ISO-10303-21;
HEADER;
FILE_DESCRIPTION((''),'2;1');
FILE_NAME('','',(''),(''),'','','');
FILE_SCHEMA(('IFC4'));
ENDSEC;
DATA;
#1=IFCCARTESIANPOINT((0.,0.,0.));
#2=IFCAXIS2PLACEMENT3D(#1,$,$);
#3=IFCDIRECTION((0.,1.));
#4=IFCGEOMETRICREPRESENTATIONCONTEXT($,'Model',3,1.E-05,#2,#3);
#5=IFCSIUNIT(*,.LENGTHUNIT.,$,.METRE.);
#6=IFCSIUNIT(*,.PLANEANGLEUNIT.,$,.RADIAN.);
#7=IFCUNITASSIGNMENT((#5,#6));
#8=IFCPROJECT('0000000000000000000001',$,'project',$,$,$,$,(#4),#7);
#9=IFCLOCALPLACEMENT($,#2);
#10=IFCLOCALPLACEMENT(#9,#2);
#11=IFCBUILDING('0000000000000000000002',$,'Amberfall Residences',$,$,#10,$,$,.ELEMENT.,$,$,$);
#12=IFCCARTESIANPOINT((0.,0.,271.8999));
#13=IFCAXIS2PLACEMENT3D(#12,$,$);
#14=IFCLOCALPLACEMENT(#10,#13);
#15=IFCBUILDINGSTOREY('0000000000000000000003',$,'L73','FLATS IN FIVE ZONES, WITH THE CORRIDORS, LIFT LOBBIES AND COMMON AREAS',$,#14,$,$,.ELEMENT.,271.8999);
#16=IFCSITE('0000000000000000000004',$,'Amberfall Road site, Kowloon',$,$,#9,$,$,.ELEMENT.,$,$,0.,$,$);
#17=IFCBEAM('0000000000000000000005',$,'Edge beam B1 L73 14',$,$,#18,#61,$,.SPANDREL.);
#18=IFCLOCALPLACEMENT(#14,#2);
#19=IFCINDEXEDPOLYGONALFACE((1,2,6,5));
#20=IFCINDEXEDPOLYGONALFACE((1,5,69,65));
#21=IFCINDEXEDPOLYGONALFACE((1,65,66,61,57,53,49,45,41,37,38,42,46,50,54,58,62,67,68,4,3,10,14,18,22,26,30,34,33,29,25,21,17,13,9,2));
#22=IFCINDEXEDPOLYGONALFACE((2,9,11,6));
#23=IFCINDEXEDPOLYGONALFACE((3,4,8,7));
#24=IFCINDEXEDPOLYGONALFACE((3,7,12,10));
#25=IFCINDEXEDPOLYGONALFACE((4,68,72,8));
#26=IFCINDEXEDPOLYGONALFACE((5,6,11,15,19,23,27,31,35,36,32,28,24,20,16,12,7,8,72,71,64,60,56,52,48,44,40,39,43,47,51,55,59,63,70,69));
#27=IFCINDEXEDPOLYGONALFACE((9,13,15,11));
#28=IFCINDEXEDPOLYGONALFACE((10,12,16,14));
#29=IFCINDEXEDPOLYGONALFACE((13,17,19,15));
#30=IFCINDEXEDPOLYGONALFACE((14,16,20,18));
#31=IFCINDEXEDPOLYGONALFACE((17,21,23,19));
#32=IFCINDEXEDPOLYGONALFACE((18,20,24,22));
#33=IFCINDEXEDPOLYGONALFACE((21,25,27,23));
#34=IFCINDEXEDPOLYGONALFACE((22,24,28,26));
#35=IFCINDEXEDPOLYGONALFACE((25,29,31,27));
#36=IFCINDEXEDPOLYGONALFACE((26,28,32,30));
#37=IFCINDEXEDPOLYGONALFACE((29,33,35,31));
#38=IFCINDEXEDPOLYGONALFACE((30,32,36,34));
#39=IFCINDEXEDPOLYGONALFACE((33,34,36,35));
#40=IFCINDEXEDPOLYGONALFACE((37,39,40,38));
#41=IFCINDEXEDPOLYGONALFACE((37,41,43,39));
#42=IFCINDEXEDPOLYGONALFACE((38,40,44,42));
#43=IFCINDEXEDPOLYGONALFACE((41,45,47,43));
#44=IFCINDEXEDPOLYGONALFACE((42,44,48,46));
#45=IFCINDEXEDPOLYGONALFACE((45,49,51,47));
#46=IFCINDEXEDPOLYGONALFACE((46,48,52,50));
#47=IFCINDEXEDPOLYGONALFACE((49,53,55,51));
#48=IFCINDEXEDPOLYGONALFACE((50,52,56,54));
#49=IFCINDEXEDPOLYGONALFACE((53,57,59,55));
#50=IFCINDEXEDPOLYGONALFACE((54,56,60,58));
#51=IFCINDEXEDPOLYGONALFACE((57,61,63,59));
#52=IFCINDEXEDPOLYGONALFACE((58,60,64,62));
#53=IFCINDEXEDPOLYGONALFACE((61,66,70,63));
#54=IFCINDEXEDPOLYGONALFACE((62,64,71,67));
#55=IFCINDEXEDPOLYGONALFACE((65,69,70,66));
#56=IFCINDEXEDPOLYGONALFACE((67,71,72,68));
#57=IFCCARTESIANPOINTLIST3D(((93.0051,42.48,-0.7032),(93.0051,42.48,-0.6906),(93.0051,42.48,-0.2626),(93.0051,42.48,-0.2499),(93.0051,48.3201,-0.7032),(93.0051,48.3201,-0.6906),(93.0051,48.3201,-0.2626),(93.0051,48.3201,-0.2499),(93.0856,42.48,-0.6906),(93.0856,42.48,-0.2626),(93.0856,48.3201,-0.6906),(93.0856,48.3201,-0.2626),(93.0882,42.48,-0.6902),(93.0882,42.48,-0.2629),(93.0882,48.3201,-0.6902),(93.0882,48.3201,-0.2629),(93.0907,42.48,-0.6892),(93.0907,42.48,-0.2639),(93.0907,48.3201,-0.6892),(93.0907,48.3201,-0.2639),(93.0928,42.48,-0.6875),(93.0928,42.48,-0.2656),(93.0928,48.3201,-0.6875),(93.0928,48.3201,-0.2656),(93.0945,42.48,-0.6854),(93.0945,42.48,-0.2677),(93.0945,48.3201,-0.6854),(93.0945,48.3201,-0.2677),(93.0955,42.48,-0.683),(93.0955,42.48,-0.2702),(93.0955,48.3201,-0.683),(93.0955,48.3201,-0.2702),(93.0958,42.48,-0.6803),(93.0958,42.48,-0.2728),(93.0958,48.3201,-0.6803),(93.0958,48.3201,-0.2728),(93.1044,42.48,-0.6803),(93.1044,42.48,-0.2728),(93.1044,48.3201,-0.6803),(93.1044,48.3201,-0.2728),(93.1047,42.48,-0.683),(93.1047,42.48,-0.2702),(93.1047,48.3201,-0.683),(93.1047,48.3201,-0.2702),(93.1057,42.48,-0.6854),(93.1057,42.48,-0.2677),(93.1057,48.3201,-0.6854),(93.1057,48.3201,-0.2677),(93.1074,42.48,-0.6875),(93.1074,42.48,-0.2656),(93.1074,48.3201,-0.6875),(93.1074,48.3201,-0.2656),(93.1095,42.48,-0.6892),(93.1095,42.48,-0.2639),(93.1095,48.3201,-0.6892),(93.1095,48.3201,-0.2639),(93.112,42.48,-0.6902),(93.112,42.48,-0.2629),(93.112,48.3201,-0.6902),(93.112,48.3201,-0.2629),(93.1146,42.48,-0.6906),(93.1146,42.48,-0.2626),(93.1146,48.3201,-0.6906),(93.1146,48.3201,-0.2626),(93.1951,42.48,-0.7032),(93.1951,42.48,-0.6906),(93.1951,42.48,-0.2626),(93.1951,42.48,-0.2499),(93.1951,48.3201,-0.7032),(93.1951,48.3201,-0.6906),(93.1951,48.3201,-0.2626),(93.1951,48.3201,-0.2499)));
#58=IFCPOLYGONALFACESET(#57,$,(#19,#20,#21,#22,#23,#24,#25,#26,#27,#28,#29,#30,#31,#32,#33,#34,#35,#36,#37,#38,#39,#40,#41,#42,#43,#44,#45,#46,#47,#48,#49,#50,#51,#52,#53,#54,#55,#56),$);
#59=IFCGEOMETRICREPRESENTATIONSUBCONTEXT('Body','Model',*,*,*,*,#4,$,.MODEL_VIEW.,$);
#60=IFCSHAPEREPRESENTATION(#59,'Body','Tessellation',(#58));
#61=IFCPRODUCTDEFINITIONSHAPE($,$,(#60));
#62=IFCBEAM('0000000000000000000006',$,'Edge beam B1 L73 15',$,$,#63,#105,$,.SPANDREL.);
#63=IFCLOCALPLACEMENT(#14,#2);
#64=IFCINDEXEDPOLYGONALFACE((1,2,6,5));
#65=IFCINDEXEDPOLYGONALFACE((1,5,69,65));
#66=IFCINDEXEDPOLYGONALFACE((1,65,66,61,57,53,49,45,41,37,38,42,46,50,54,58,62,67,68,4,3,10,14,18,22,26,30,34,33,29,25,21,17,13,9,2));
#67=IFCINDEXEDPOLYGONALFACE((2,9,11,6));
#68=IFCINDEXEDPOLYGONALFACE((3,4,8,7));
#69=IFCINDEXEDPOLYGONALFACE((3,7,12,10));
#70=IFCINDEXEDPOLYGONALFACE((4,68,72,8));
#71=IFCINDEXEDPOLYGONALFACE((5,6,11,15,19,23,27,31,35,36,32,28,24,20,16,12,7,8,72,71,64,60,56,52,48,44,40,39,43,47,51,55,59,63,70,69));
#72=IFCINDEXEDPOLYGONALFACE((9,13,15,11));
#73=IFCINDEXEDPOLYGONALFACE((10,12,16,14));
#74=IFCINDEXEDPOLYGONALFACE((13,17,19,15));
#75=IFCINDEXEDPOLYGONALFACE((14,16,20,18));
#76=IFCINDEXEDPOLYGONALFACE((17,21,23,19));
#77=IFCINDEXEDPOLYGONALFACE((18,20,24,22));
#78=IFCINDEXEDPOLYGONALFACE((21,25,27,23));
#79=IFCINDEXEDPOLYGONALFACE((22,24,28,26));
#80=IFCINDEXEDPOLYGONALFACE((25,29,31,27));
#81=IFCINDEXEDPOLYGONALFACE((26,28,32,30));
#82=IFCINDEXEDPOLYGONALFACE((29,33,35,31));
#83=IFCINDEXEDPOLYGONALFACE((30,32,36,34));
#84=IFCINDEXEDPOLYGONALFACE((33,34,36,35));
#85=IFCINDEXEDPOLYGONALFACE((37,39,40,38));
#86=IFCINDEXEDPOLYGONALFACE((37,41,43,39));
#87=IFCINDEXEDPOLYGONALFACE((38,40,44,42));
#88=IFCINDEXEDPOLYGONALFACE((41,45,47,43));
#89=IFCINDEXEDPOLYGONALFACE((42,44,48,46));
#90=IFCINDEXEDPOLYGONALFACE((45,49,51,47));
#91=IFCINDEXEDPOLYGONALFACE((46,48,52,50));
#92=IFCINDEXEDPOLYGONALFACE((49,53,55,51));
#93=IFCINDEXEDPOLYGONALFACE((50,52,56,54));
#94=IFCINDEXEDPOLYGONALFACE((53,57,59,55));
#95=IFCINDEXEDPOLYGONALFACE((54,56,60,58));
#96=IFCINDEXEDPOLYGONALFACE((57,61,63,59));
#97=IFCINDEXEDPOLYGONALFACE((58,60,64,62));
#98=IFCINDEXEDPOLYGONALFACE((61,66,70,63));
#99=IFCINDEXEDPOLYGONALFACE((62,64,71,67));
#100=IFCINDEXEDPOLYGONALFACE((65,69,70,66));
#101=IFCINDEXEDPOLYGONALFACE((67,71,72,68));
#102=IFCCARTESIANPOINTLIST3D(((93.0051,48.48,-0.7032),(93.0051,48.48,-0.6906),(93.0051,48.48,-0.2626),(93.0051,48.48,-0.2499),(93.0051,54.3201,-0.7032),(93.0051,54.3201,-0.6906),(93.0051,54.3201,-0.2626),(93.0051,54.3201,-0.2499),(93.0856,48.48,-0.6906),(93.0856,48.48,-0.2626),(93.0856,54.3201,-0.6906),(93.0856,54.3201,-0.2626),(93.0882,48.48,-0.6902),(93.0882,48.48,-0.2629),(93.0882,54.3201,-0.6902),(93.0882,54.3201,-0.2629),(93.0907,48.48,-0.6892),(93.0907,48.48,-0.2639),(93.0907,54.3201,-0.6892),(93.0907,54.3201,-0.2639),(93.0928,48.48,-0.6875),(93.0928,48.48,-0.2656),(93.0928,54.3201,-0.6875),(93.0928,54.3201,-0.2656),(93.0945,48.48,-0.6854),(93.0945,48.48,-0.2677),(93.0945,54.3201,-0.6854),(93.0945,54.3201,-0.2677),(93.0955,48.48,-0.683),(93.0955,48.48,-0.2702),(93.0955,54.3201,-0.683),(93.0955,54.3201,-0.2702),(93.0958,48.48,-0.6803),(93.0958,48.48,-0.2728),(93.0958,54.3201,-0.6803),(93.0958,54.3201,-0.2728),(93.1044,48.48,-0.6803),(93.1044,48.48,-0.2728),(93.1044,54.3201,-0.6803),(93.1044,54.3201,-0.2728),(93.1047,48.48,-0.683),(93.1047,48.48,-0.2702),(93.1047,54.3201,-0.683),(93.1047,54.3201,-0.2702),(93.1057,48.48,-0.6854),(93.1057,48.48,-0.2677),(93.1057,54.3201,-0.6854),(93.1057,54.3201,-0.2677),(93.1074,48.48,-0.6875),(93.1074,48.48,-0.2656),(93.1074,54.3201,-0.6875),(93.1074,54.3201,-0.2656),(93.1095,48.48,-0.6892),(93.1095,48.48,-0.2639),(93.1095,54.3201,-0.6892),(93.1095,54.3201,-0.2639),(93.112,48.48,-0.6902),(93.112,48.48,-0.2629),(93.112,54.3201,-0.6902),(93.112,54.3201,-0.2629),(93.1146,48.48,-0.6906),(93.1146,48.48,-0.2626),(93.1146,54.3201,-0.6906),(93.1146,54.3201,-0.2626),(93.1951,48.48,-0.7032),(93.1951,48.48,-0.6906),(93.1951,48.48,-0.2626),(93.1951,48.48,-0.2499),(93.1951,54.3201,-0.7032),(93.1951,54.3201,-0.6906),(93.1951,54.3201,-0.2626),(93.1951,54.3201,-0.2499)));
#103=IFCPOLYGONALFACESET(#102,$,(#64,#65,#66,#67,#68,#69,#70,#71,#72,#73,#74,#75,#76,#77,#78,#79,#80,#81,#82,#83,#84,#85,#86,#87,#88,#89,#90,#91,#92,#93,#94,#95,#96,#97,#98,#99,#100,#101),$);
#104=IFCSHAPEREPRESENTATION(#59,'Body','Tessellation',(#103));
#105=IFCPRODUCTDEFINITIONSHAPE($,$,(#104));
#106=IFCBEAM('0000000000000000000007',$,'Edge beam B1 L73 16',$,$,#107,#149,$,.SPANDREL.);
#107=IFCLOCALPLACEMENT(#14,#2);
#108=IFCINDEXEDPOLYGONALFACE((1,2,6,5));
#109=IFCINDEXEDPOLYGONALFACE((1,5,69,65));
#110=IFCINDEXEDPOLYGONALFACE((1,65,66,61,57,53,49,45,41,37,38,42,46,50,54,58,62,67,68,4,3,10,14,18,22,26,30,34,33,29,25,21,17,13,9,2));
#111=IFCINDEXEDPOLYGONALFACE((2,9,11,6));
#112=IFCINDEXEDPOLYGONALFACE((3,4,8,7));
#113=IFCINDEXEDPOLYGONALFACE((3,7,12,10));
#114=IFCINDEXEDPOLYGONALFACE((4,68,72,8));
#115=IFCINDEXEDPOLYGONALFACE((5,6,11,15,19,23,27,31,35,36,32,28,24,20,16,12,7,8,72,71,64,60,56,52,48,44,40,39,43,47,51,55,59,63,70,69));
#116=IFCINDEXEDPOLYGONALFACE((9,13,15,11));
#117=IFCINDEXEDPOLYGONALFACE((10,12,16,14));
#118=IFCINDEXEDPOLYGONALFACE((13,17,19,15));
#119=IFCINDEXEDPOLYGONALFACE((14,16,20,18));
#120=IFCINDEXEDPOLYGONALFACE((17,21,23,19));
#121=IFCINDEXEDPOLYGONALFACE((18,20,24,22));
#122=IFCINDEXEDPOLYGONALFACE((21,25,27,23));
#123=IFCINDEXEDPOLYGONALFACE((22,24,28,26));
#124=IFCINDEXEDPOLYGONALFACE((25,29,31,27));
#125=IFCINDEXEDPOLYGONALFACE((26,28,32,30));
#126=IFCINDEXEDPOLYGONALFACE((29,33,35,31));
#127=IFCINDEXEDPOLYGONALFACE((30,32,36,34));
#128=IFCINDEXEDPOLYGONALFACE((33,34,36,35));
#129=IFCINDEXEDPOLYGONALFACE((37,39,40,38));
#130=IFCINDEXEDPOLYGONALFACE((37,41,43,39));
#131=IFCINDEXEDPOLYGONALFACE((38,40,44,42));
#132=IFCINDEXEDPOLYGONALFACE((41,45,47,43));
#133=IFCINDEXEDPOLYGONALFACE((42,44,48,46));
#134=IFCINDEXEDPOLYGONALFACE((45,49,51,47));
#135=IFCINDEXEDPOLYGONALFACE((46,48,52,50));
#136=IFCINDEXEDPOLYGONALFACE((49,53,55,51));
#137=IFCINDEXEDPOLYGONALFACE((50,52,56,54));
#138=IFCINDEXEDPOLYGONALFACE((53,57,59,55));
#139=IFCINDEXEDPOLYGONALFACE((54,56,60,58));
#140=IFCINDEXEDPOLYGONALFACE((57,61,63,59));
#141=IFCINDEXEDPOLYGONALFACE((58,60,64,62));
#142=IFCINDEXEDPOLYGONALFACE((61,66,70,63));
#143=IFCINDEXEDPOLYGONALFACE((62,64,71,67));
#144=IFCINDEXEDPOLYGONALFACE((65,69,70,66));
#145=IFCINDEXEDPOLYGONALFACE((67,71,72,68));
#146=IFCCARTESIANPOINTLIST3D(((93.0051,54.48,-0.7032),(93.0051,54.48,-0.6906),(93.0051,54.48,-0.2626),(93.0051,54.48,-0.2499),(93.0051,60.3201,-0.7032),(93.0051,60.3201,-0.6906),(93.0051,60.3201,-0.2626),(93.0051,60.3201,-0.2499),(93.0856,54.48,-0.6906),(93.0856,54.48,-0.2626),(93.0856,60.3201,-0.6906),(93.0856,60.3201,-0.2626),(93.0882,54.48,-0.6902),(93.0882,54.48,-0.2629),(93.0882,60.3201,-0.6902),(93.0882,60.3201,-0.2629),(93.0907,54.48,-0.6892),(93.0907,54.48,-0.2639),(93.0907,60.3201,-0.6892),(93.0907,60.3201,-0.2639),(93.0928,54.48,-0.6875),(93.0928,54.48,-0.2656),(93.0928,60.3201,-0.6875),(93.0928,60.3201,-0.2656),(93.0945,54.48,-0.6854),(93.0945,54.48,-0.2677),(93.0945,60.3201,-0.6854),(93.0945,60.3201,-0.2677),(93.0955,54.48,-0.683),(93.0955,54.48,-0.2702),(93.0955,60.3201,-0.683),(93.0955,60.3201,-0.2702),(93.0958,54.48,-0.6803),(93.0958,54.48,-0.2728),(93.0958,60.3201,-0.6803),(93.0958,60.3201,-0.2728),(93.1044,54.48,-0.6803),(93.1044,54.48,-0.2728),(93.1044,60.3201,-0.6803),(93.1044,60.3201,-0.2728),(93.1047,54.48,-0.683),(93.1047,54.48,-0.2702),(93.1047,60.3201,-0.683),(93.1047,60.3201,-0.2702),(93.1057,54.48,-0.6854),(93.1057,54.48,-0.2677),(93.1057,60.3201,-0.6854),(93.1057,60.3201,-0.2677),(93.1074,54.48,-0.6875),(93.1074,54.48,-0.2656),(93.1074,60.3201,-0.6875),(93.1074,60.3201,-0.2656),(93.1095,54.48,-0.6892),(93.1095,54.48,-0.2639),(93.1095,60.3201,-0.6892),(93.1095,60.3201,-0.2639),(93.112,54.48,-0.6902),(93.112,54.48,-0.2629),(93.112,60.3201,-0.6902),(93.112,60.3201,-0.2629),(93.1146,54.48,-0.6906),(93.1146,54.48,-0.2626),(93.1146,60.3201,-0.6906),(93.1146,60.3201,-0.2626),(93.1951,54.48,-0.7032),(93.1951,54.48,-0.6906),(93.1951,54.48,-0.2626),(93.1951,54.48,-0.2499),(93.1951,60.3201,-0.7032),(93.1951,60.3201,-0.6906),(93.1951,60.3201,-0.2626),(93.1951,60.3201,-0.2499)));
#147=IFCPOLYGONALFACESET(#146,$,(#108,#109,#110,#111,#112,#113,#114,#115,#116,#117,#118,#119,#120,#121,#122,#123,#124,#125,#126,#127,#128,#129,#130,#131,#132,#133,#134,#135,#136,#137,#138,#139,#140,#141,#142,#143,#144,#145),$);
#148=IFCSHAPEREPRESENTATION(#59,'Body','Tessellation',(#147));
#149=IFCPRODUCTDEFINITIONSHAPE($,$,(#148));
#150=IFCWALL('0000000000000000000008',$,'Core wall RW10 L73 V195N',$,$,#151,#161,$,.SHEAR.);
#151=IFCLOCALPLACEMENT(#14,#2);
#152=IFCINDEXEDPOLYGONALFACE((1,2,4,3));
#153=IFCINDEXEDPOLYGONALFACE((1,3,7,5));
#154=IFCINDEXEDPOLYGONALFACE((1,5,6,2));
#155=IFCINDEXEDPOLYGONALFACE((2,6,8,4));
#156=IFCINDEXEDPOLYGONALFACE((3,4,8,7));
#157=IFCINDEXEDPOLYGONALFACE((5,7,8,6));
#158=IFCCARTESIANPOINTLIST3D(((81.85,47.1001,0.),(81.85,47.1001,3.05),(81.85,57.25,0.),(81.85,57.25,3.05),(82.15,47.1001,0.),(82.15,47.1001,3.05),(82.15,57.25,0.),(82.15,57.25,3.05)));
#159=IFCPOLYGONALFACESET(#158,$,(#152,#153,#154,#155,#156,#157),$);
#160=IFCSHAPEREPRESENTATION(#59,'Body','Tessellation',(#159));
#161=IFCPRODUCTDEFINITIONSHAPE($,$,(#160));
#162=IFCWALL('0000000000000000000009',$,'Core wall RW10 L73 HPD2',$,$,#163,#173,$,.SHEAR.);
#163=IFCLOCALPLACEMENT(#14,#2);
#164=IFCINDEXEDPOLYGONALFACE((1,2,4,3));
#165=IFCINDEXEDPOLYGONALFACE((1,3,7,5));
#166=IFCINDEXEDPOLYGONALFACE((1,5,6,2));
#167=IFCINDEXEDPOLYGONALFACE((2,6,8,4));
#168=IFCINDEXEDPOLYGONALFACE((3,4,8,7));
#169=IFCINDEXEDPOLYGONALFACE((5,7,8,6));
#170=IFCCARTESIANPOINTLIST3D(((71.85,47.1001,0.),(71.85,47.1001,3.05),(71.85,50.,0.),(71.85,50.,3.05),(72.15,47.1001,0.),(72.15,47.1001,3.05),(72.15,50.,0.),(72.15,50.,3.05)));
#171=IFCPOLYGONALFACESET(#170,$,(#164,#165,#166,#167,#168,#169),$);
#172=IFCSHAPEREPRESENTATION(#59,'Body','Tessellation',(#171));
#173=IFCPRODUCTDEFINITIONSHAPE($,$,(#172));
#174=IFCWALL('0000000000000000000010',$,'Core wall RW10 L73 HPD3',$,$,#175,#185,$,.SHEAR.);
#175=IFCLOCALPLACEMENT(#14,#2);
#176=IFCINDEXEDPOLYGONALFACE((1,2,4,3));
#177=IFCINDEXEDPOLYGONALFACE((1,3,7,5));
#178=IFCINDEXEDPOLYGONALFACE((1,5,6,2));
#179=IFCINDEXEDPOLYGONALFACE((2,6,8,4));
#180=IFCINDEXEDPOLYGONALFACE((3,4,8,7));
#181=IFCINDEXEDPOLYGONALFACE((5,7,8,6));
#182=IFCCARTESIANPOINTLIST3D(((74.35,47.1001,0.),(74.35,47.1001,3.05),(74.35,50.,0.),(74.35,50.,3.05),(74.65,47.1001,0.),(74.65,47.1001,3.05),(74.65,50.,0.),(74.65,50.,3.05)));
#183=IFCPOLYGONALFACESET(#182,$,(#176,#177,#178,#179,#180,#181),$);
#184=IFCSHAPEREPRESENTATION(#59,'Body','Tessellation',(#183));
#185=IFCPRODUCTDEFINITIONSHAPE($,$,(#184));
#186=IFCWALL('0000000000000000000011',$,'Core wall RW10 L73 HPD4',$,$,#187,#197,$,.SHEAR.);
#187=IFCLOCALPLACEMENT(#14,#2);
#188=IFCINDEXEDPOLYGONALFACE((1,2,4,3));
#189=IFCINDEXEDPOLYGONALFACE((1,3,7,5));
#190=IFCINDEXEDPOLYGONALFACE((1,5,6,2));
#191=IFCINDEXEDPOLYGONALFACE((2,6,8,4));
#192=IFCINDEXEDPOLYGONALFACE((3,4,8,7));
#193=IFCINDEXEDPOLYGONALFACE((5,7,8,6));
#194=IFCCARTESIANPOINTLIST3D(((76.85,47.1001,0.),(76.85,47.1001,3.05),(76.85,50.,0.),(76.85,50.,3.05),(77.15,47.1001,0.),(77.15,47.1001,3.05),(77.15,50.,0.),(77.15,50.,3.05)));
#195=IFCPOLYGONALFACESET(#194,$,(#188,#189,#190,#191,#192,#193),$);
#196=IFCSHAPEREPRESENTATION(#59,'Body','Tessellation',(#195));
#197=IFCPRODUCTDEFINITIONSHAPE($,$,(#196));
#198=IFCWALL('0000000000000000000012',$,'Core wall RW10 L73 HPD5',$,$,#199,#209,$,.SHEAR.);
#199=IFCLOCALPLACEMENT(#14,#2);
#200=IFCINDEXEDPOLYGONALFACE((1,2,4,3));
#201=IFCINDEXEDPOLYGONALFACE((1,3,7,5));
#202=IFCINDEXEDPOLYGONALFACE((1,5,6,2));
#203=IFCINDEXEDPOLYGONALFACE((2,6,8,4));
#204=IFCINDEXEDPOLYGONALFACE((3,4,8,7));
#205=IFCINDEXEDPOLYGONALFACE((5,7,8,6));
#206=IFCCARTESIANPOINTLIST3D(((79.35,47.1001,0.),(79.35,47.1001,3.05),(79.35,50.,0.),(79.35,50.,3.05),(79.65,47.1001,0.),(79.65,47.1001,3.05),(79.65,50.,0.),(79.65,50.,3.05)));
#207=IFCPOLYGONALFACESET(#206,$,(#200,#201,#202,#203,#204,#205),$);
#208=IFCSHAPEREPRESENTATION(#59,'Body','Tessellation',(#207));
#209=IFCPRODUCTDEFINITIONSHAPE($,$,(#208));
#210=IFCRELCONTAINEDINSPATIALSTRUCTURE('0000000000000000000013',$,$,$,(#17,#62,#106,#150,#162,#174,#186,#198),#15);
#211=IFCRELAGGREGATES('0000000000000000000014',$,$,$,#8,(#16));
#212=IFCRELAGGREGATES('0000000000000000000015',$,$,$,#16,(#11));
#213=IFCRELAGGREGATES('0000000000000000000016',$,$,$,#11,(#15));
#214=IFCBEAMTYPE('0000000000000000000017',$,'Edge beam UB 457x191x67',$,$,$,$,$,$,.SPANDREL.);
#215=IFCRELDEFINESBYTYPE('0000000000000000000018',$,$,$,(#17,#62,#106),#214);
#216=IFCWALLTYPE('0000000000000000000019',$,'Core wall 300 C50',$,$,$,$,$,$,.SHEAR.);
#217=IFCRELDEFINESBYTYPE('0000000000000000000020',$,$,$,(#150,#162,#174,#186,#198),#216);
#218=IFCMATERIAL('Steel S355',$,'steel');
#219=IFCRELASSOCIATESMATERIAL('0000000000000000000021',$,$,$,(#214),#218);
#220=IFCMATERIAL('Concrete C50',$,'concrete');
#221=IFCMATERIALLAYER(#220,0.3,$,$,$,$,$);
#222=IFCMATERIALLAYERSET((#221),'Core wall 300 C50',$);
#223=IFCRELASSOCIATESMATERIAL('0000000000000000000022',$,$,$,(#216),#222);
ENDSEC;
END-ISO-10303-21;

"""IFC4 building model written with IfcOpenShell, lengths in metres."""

from ifc_helpers import new_model, si_unit, direction, frame, frame_2d, origin, origin_2d, place, context, subcontext, project, spatial, rectangle, i_section, extrude, material, layer, layer_set, material_profile, profile_set, type_object, element, save


model = new_model("IFC4")

# Units and contexts
model_context = context("Model", 3, precision=1e-05, world=origin(), true_north=direction((0.0, 1.0)))
body_context = subcontext(model_context, "Body", "Model", "MODEL_VIEW")
ifc_project = project(units=[si_unit("LENGTHUNIT", "METRE"), si_unit("PLANEANGLEUNIT", "RADIAN")], contexts=[model_context])

# Site, building, storey
site_placement = place(None, origin())
site = spatial("IfcSite", under=ifc_project, at=site_placement, Name="Amberfall Road site, Kowloon", CompositionType="ELEMENT", RefElevation=0.0)
building_placement = place(site_placement, origin())
building = spatial("IfcBuilding", under=site, at=building_placement, Name="Amberfall Residences", CompositionType="ELEMENT")
storey_placement = place(building_placement, frame((0.0, 0.0, 271.8999)))
storey = spatial("IfcBuildingStorey", under=building, at=storey_placement, Name="L73", Description="FLATS IN FIVE ZONES, WITH THE CORRIDORS, LIFT LOBBIES AND COMMON AREAS", CompositionType="ELEMENT", Elevation=271.8999)

# Beams
ifc_material_1 = material(Name="Steel S355", Category="steel")
ifc_material_profile = material_profile(ifc_material_1, i_section(OverallWidth=0.1899, OverallDepth=0.4534, WebThickness=0.0085, FlangeThickness=0.0127, FilletRadius=0.0103, at=origin_2d()), Name="UB 457x191x67")
ifc_profile_set = profile_set([ifc_material_profile], Name="Steel S355")
beam_type = type_object("IfcBeamType", Name="Edge beam UB 457x191x67", PredefinedType="SPANDREL", material=ifc_profile_set)
for number, where, z_axis, x_axis, name in (
    (1, (93.1001, 42.48, -0.4766), (0.0, 1.0, 0.0), (-1.0, 0.0, 0.0), "Edge beam B1 L73 14"),
    (2, (93.1001, 48.48, -0.4766), (0.0, 1.0, 0.0), (-1.0, 0.0, 0.0), "Edge beam B1 L73 15"),
    (3, (93.1001, 54.48, -0.4766), (0.0, 1.0, 0.0), (-1.0, 0.0, 0.0), "Edge beam B1 L73 16"),
):
    element("IfcBeam", number, at=place(storey_placement, frame(where, z_axis=z_axis, x_axis=x_axis)), inside=storey, type_object=beam_type, Name=name, PredefinedType="SPANDREL", context=body_context, shape_type="SweptSolid", body=[
        extrude(i_section(OverallWidth=0.1899, OverallDepth=0.4534, WebThickness=0.0085, FlangeThickness=0.0127, FilletRadius=0.0103, at=origin_2d()), origin(), (0.0, 0.0, 1.0), 5.8401),
    ])

# Walls
ifc_material_2 = material(Name="Concrete C50", Category="concrete")
ifc_layer_1 = layer(ifc_material_2, 0.3)
ifc_layer_set_1 = layer_set([ifc_layer_1], Name="Core wall 300 C50")
wall_type_1 = type_object("IfcWallType", Name="Core wall 300 C50", PredefinedType="SHEAR", material=ifc_layer_set_1)
wall_1_placement = place(storey_placement, frame((82.0, 47.1001, 0.0), z_axis=(0.0, 0.0, 1.0), x_axis=(0.0, 1.0, 0.0)))
element("IfcWall", 4, at=wall_1_placement, inside=storey, type_object=wall_type_1, Name="Core wall RW10 L73 V195N", PredefinedType="SHEAR", context=body_context, shape_type="SweptSolid", body=[
    extrude(rectangle(XDim=10.1499, YDim=0.3, at=frame_2d((5.075, 0.0))), origin(), (0.0, 0.0, 1.0), 3.05),
])
for number, where, z_axis, x_axis, name in (
    (5, (72.0, 47.1001, 0.0), (0.0, 0.0, 1.0), (0.0, 1.0, 0.0), "Core wall RW10 L73 HPD2"),
    (6, (74.5, 47.1001, 0.0), (0.0, 0.0, 1.0), (0.0, 1.0, 0.0), "Core wall RW10 L73 HPD3"),
    (7, (77.0, 47.1001, 0.0), (0.0, 0.0, 1.0), (0.0, 1.0, 0.0), "Core wall RW10 L73 HPD4"),
    (8, (79.5, 47.1001, 0.0), (0.0, 0.0, 1.0), (0.0, 1.0, 0.0), "Core wall RW10 L73 HPD5"),
):
    element("IfcWall", number, at=place(storey_placement, frame(where, z_axis=z_axis, x_axis=x_axis)), inside=storey, type_object=wall_type_1, Name=name, PredefinedType="SHEAR", context=body_context, shape_type="SweptSolid", body=[
        extrude(rectangle(XDim=2.8999, YDim=0.3, at=frame_2d((1.45, 0.0))), origin(), (0.0, 0.0, 1.0), 3.05),
    ])

save(model, "model.ifc")
